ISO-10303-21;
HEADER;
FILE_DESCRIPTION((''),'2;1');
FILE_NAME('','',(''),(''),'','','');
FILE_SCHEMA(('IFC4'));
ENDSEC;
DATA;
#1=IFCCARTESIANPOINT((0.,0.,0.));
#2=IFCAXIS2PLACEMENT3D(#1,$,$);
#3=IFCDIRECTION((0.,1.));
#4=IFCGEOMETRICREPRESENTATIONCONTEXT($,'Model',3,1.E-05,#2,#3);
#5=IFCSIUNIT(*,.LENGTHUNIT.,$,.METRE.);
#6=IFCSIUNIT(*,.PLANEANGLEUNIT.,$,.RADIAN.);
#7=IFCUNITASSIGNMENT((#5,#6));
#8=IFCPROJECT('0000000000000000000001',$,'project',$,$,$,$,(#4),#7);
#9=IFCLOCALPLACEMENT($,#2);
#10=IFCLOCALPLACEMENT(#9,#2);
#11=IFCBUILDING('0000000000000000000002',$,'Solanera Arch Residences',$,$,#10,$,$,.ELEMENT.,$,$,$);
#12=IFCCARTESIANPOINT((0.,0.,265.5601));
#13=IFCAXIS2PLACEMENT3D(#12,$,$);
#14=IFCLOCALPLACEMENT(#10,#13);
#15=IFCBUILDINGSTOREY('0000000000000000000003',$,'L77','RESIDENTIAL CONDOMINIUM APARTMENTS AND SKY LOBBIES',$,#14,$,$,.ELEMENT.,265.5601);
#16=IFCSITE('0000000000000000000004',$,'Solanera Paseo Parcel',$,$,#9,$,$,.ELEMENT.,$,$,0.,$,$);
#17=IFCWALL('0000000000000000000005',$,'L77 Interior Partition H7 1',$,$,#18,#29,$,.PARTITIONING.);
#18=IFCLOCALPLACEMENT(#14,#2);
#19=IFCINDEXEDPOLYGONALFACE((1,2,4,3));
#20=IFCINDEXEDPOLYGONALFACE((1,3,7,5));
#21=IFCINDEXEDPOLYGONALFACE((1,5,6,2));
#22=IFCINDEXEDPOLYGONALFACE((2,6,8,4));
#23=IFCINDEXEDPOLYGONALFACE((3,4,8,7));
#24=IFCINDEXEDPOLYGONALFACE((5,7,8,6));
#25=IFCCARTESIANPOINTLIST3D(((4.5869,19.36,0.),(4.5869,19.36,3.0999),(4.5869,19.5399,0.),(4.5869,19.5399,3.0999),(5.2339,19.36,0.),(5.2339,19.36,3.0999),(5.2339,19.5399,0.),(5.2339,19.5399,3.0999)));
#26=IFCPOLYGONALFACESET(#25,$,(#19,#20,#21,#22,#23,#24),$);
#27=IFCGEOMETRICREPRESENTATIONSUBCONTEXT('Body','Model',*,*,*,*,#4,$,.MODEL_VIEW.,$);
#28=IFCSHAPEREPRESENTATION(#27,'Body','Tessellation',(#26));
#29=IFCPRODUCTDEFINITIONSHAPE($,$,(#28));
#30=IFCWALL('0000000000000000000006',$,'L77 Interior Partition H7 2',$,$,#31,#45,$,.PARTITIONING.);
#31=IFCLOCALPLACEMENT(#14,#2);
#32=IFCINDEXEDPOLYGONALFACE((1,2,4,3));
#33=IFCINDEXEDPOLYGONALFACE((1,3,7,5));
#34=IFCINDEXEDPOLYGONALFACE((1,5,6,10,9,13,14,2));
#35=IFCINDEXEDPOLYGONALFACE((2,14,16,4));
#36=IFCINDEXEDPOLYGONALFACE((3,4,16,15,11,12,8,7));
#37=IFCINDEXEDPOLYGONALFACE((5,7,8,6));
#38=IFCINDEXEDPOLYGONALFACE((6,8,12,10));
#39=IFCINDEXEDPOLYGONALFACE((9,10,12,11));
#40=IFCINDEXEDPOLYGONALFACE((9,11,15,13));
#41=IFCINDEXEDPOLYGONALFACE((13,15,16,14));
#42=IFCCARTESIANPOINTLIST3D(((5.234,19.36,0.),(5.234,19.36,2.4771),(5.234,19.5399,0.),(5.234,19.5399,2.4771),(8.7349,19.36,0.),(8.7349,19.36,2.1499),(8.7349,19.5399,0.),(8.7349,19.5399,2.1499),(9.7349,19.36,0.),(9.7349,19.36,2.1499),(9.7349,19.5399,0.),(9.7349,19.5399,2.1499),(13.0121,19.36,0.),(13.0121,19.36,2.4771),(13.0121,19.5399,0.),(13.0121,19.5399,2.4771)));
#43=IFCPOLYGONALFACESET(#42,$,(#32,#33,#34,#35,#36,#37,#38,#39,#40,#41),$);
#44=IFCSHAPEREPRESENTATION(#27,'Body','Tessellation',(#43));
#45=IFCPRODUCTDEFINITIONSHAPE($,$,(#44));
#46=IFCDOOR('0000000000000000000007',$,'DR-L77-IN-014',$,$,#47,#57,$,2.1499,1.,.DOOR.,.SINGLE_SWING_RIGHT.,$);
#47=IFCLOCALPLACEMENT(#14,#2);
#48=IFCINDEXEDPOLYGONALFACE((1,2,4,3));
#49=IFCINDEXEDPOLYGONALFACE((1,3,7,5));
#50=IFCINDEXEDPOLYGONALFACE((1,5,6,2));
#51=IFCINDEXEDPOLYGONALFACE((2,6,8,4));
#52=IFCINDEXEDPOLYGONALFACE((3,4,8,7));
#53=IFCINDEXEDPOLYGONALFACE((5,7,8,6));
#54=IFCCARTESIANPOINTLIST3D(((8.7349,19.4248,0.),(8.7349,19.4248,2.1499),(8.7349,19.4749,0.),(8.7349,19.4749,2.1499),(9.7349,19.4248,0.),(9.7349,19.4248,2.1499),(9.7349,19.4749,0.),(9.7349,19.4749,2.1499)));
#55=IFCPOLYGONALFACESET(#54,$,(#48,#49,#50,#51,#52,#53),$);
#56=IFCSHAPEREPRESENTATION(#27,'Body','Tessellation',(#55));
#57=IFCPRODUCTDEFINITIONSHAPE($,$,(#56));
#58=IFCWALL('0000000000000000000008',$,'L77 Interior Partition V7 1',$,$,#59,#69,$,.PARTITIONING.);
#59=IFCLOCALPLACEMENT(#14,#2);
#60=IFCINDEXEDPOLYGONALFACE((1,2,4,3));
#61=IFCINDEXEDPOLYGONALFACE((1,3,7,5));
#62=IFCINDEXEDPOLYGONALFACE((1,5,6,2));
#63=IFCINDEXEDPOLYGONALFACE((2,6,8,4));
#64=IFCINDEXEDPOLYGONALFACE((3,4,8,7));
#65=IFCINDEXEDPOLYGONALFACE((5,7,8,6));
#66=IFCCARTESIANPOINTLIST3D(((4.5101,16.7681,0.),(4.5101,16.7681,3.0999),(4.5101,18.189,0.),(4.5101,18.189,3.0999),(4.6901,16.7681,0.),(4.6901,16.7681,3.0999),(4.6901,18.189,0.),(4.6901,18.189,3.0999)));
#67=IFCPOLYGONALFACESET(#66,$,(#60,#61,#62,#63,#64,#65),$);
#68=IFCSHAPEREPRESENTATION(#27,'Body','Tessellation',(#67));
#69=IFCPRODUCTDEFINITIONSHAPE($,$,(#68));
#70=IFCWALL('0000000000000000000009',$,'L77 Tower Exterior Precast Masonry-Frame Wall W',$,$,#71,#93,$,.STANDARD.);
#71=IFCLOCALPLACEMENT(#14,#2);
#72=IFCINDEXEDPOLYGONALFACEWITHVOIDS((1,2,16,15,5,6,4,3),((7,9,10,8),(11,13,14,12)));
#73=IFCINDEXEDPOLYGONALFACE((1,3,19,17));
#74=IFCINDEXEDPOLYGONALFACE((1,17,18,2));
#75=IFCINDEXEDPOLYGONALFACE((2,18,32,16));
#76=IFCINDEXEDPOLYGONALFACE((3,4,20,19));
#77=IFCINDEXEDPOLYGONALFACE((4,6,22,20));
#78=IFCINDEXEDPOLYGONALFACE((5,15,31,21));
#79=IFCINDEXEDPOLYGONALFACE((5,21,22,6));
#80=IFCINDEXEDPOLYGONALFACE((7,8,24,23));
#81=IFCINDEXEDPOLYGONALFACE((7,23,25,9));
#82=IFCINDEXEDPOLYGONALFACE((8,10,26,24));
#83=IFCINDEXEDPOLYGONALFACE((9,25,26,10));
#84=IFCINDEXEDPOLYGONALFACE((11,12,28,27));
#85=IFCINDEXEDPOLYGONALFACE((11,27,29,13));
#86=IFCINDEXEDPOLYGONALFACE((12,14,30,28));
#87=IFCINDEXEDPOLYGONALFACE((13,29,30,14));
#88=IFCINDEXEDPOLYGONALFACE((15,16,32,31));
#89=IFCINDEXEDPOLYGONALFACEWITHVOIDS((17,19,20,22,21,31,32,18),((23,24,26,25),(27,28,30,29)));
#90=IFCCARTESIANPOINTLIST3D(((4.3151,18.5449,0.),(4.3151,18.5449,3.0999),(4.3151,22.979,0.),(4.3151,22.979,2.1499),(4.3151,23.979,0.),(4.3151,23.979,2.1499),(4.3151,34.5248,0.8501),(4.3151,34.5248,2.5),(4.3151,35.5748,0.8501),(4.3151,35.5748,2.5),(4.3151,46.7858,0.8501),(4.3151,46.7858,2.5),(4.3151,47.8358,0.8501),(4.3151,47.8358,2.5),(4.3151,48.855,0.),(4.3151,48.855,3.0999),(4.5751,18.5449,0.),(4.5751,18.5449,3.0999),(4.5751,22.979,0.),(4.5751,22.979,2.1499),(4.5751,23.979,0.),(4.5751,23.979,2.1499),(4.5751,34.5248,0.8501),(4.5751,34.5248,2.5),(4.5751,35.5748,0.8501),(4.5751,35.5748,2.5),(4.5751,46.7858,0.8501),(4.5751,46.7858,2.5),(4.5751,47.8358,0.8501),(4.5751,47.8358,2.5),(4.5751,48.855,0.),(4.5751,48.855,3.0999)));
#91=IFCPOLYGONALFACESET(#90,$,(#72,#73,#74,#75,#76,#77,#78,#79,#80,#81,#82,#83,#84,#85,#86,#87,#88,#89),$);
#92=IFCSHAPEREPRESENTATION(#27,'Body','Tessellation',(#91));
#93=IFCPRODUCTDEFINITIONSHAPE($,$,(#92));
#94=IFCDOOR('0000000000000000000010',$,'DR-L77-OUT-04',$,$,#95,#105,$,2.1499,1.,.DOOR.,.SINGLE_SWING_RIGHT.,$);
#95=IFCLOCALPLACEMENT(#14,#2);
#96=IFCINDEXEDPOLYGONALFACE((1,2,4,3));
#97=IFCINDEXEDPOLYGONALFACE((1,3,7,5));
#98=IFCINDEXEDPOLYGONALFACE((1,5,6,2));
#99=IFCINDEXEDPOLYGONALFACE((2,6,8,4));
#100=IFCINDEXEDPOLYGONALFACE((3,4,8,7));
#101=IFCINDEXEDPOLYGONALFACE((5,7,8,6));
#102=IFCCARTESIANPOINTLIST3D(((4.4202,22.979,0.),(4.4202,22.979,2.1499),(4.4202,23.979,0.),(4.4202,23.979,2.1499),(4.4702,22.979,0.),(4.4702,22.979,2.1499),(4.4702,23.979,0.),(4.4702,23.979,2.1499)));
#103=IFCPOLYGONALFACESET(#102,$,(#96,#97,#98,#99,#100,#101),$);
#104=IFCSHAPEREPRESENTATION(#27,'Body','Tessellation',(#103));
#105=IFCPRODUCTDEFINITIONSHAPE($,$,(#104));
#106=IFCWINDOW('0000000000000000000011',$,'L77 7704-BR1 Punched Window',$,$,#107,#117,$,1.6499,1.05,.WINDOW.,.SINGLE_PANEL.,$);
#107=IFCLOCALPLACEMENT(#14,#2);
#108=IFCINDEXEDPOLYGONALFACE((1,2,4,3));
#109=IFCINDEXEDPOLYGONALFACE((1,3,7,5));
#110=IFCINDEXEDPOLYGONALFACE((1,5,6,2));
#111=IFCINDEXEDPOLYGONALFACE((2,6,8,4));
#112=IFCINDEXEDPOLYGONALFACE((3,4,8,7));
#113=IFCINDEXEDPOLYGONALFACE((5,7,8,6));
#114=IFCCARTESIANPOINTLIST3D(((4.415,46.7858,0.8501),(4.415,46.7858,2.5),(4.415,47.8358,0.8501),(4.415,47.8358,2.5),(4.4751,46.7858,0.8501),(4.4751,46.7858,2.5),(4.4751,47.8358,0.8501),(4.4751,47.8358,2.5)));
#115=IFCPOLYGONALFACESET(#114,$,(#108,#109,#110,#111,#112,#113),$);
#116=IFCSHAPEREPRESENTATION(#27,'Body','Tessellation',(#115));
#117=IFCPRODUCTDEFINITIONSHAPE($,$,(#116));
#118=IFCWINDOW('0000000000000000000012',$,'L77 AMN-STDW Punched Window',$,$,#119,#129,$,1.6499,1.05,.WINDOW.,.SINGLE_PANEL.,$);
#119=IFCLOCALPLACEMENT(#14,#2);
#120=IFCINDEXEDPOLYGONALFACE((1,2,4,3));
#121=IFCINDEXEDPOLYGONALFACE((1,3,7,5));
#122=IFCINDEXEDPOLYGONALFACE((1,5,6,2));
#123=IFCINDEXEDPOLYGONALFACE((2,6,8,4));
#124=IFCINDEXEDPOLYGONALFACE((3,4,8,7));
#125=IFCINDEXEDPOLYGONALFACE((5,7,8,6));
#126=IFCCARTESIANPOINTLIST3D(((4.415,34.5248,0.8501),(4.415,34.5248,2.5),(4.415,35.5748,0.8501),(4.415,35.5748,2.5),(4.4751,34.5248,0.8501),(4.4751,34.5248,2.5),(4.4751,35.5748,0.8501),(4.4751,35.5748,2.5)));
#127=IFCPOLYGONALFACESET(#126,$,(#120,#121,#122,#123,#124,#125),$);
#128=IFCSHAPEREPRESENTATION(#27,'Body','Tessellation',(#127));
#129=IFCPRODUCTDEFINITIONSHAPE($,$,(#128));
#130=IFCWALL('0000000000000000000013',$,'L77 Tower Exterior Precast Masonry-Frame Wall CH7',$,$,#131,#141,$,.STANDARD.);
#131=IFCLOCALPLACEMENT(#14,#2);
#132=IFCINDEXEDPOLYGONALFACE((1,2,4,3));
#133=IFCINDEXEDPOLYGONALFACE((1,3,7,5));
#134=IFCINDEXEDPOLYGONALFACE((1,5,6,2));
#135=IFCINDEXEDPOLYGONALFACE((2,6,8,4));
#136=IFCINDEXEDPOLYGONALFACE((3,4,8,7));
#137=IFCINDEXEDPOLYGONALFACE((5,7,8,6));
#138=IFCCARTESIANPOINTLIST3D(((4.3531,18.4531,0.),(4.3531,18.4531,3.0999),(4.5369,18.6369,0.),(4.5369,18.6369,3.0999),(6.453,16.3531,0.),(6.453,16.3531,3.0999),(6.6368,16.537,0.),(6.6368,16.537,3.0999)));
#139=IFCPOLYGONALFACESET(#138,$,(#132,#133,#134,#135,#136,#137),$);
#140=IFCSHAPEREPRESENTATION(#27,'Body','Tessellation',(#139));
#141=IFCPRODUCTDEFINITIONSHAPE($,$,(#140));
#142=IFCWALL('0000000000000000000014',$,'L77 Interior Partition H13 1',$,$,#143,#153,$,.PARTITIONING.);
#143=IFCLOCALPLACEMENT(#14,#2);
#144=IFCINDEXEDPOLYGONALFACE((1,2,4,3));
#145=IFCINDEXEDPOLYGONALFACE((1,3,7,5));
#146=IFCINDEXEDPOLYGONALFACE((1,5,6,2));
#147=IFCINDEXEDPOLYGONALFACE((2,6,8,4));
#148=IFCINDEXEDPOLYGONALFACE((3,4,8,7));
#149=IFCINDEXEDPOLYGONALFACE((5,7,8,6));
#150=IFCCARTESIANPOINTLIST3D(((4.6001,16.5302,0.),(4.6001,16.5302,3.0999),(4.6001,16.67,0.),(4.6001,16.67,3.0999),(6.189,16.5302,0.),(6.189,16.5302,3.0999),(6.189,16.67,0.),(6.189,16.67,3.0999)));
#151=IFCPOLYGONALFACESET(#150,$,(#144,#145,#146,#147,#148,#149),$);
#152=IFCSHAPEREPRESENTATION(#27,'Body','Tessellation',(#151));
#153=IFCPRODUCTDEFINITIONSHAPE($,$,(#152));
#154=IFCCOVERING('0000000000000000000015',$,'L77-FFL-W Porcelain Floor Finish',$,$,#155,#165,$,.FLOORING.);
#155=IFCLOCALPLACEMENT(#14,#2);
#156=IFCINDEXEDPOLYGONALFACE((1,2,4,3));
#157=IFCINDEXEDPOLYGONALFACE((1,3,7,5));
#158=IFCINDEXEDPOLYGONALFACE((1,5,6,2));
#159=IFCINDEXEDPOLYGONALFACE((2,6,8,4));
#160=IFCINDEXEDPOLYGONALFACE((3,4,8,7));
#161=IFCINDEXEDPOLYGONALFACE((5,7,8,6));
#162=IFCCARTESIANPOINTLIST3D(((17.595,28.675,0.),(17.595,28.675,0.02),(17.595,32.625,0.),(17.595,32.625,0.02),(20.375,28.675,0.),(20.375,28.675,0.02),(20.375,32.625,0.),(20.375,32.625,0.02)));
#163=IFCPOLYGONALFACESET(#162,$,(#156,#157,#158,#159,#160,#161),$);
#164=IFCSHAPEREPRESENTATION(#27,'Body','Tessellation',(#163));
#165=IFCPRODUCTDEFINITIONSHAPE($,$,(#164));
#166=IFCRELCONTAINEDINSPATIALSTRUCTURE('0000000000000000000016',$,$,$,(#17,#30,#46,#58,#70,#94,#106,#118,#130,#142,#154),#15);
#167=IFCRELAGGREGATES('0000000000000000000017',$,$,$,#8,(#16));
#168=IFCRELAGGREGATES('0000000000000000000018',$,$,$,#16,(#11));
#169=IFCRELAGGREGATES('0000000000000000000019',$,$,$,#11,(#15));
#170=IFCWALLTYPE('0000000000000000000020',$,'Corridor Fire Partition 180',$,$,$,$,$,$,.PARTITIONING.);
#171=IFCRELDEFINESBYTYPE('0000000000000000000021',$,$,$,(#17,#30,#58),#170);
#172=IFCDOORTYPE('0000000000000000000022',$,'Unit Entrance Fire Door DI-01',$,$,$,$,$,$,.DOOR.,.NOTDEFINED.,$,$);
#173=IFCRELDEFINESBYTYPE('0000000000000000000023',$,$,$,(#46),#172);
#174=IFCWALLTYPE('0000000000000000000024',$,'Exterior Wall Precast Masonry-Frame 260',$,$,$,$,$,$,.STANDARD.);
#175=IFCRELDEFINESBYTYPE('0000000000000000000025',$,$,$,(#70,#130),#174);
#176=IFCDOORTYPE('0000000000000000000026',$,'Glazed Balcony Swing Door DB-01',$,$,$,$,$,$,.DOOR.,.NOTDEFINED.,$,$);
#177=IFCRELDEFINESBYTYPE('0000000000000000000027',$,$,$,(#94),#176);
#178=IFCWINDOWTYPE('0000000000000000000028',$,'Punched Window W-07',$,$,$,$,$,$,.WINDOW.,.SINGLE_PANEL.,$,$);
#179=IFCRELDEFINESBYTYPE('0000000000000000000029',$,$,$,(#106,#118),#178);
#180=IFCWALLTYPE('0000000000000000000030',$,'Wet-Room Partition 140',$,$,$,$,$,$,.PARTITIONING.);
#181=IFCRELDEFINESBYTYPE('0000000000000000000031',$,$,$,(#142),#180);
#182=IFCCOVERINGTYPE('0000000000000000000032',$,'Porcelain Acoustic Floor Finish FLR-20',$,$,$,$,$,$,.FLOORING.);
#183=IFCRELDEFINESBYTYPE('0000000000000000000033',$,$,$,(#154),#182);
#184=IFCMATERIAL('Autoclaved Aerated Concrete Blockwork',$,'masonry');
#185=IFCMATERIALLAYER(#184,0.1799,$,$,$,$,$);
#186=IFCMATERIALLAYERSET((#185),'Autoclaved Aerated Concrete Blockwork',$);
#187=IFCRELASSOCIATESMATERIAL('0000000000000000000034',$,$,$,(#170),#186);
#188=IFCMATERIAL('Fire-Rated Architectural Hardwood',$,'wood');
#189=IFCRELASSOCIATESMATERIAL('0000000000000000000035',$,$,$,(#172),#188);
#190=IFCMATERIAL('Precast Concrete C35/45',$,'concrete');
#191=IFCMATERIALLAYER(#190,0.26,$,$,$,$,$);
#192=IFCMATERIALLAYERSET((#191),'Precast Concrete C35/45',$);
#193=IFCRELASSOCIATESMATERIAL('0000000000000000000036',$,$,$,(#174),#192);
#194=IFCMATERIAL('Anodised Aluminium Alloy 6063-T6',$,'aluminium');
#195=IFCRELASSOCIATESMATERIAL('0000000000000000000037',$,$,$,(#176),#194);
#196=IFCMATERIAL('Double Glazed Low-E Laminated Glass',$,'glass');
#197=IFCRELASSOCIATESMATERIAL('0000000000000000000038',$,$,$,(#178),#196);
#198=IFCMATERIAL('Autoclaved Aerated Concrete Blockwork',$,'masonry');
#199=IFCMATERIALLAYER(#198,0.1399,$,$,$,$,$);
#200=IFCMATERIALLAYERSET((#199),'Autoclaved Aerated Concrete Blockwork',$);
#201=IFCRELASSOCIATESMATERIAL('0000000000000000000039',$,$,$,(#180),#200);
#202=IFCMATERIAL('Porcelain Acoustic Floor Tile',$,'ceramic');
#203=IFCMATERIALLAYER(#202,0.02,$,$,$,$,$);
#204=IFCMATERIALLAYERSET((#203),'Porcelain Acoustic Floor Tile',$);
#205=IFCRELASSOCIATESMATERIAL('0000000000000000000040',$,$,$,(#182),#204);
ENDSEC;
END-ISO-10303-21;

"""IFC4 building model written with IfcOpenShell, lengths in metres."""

from ifc_helpers import new_model, si_unit, direction, frame, frame_2d, origin, place, context, subcontext, project, spatial, polyline, rectangle, outline, extrude, material, layer, layer_set, type_object, element, fill, save


model = new_model("IFC4")

# Units and contexts
model_context = context("Model", 3, precision=1e-05, world=origin(), true_north=direction((0.0, 1.0)))
body_context = subcontext(model_context, "Body", "Model", "MODEL_VIEW")
ifc_project = project(units=[si_unit("LENGTHUNIT", "METRE"), si_unit("PLANEANGLEUNIT", "RADIAN")], contexts=[model_context])

# Site, building, storey
site_placement = place(None, origin())
site = spatial("IfcSite", under=ifc_project, at=site_placement, Name="Solanera Paseo Parcel", CompositionType="ELEMENT", RefElevation=0.0)
building_placement = place(site_placement, origin())
building = spatial("IfcBuilding", under=site, at=building_placement, Name="Solanera Arch Residences", CompositionType="ELEMENT")
storey_placement = place(building_placement, frame((0.0, 0.0, 265.5601)))
storey = spatial("IfcBuildingStorey", under=building, at=storey_placement, Name="L77", Description="RESIDENTIAL CONDOMINIUM APARTMENTS AND SKY LOBBIES", CompositionType="ELEMENT", Elevation=265.5601)

# Wall
ifc_material_1 = material(Name="Autoclaved Aerated Concrete Blockwork", Category="masonry")
ifc_layer_1 = layer(ifc_material_1, 0.1799)
ifc_layer_set_1 = layer_set([ifc_layer_1], Name="Autoclaved Aerated Concrete Blockwork")
wall_type_1 = type_object("IfcWallType", Name="Corridor Fire Partition 180", PredefinedType="PARTITIONING", material=ifc_layer_set_1)
wall_1_placement = place(storey_placement, frame((4.5869, 19.45, 0.0), z_axis=(0.0, 0.0, 1.0), x_axis=(1.0, 0.0, 0.0)))
element("IfcWall", 1, at=wall_1_placement, inside=storey, type_object=wall_type_1, Name="L77 Interior Partition H7 1", PredefinedType="PARTITIONING", context=body_context, shape_type="SweptSolid", body=[
    extrude(rectangle(XDim=0.647, YDim=0.1799, at=frame_2d((0.3235, 0.0))), origin(), (0.0, 0.0, 1.0), 3.0999),
])

# Wall, opening, door
wall_2_placement = place(storey_placement, frame((5.2339, 19.45, 0.0), z_axis=(0.0, 0.0, 1.0), x_axis=(1.0, 0.0, 0.0)))
wall_2 = element("IfcWall", 2, at=wall_2_placement, inside=storey, type_object=wall_type_1, Name="L77 Interior Partition H7 2", PredefinedType="PARTITIONING", context=body_context, shape_type="SweptSolid", body=[
    extrude(rectangle(XDim=7.7781, YDim=0.1799, at=frame_2d((3.8892, 0.0))), origin(), (0.0, 0.0, 1.0), 2.4771),
])
opening_1_placement = place(wall_2_placement, frame((3.501, 0.0, 0.0)))
opening_1 = element("IfcOpeningElement", 3, at=opening_1_placement, cuts=wall_2, PredefinedType="OPENING", context=body_context, shape_type="SweptSolid", body=[
    extrude(rectangle(XDim=1.0, YDim=2.1499, at=frame_2d((0.5, 1.075))), frame((0.0, 0.1001, 0.0), z_axis=(0.0, -1.0, 0.0), x_axis=(1.0, 0.0, 0.0)), (0.0, 0.0, 1.0), 0.1999),
])
ifc_material_2 = material(Name="Fire-Rated Architectural Hardwood", Category="wood")
door_type_1 = type_object("IfcDoorType", Name="Unit Entrance Fire Door DI-01", OperationType="NOTDEFINED", PredefinedType="DOOR", material=ifc_material_2)
door_1_placement = place(opening_1_placement, origin())
door_1 = element("IfcDoor", 4, at=door_1_placement, inside=storey, type_object=door_type_1, Name="DR-L77-IN-014", OperationType="SINGLE_SWING_RIGHT", OverallHeight=2.1499, OverallWidth=1.0, PredefinedType="DOOR", context=body_context, shape_type="SweptSolid", body=[
    extrude(rectangle(XDim=1.0, YDim=2.1499, at=frame_2d((0.5, 1.075))), frame((0.0, 0.0249, 0.0), z_axis=(0.0, -1.0, 0.0), x_axis=(1.0, 0.0, 0.0)), (0.0, 0.0, 1.0), 0.05),
])
fill(opening_1, door_1)

# Wall
wall_3_placement = place(storey_placement, frame((4.6001, 16.7681, 0.0), z_axis=(0.0, 0.0, 1.0), x_axis=(0.0, 1.0, 0.0)))
element("IfcWall", 5, at=wall_3_placement, inside=storey, type_object=wall_type_1, Name="L77 Interior Partition V7 1", PredefinedType="PARTITIONING", context=body_context, shape_type="SweptSolid", body=[
    extrude(rectangle(XDim=1.4209, YDim=0.1799, at=frame_2d((0.7104, 0.0))), origin(), (0.0, 0.0, 1.0), 3.0999),
])

# Wall, openings, door, windows
ifc_material_3 = material(Name="Precast Concrete C35/45", Category="concrete")
ifc_layer_2 = layer(ifc_material_3, 0.26)
ifc_layer_set_2 = layer_set([ifc_layer_2], Name="Precast Concrete C35/45")
wall_type_2 = type_object("IfcWallType", Name="Exterior Wall Precast Masonry-Frame 260", PredefinedType="STANDARD", material=ifc_layer_set_2)
wall_4_placement = place(storey_placement, frame((4.4451, 18.5449, 0.0), z_axis=(0.0, 0.0, 1.0), x_axis=(0.0, 1.0, 0.0)))
wall_4 = element("IfcWall", 6, at=wall_4_placement, inside=storey, type_object=wall_type_2, Name="L77 Tower Exterior Precast Masonry-Frame Wall W", PredefinedType="STANDARD", context=body_context, shape_type="SweptSolid", body=[
    extrude(rectangle(XDim=30.3101, YDim=0.26, at=frame_2d((15.155, 0.0))), origin(), (0.0, 0.0, 1.0), 3.0999),
])
opening_2_placement = place(wall_4_placement, frame((4.4341, 0.0, 0.0)))
opening_2 = element("IfcOpeningElement", 7, at=opening_2_placement, cuts=wall_4, PredefinedType="OPENING", context=body_context, shape_type="SweptSolid", body=[
    extrude(rectangle(XDim=1.0, YDim=2.1499, at=frame_2d((0.5, 1.075))), frame((0.0, 0.1399, 0.0), z_axis=(0.0, -1.0, 0.0), x_axis=(1.0, 0.0, 0.0)), (0.0, 0.0, 1.0), 0.28),
])
opening_3_placement = place(wall_4_placement, frame((28.241, 0.0, 0.8501)))
opening_3 = element("IfcOpeningElement", 8, at=opening_3_placement, cuts=wall_4, PredefinedType="OPENING", context=body_context, shape_type="SweptSolid", body=[
    extrude(rectangle(XDim=1.05, YDim=1.6499, at=frame_2d((0.5249, 0.825))), frame((0.0, 0.1399, 0.0), z_axis=(0.0, -1.0, 0.0), x_axis=(1.0, 0.0, 0.0)), (0.0, 0.0, 1.0), 0.28),
])
opening_4_placement = place(wall_4_placement, frame((15.98, 0.0, 0.8501)))
opening_4 = element("IfcOpeningElement", 9, at=opening_4_placement, cuts=wall_4, PredefinedType="OPENING", context=body_context, shape_type="SweptSolid", body=[
    extrude(rectangle(XDim=1.05, YDim=1.6499, at=frame_2d((0.5249, 0.825))), frame((0.0, 0.1399, 0.0), z_axis=(0.0, -1.0, 0.0), x_axis=(1.0, 0.0, 0.0)), (0.0, 0.0, 1.0), 0.28),
])
ifc_material_4 = material(Name="Anodised Aluminium Alloy 6063-T6", Category="aluminium")
door_type_2 = type_object("IfcDoorType", Name="Glazed Balcony Swing Door DB-01", OperationType="NOTDEFINED", PredefinedType="DOOR", material=ifc_material_4)
door_2_placement = place(opening_2_placement, origin())
door_2 = element("IfcDoor", 10, at=door_2_placement, inside=storey, type_object=door_type_2, Name="DR-L77-OUT-04", OperationType="SINGLE_SWING_RIGHT", OverallHeight=2.1499, OverallWidth=1.0, PredefinedType="DOOR", context=body_context, shape_type="SweptSolid", body=[
    extrude(rectangle(XDim=1.0, YDim=2.1499, at=frame_2d((0.5, 1.075))), frame((0.0, 0.0249, 0.0), z_axis=(0.0, -1.0, 0.0), x_axis=(1.0, 0.0, 0.0)), (0.0, 0.0, 1.0), 0.05),
])
fill(opening_2, door_2)
ifc_material_5 = material(Name="Double Glazed Low-E Laminated Glass", Category="glass")
window_type = type_object("IfcWindowType", Name="Punched Window W-07", PartitioningType="SINGLE_PANEL", PredefinedType="WINDOW", material=ifc_material_5)
window_1_placement = place(opening_3_placement, origin())
window_1 = element("IfcWindow", 11, at=window_1_placement, inside=storey, type_object=window_type, Name="L77 7704-BR1 Punched Window", OverallHeight=1.6499, OverallWidth=1.05, PartitioningType="SINGLE_PANEL", PredefinedType="WINDOW", context=body_context, shape_type="SweptSolid", body=[
    extrude(rectangle(XDim=1.05, YDim=1.6499, at=frame_2d((0.5249, 0.825))), frame((0.0, 0.03, 0.0), z_axis=(0.0, -1.0, 0.0), x_axis=(1.0, 0.0, 0.0)), (0.0, 0.0, 1.0), 0.0601),
])
fill(opening_3, window_1)
window_2_placement = place(opening_4_placement, origin())
window_2 = element("IfcWindow", 12, at=window_2_placement, inside=storey, type_object=window_type, Name="L77 AMN-STDW Punched Window", OverallHeight=1.6499, OverallWidth=1.05, PartitioningType="SINGLE_PANEL", PredefinedType="WINDOW", context=body_context, shape_type="SweptSolid", body=[
    extrude(rectangle(XDim=1.05, YDim=1.6499, at=frame_2d((0.5249, 0.825))), frame((0.0, 0.03, 0.0), z_axis=(0.0, -1.0, 0.0), x_axis=(1.0, 0.0, 0.0)), (0.0, 0.0, 1.0), 0.0601),
])
fill(opening_4, window_2)

# Walls
wall_5_placement = place(storey_placement, frame((6.5449, 16.4451, 0.0), z_axis=(0.0, 0.0, 1.0), x_axis=(-0.707107, 0.707107, 0.0)))
element("IfcWall", 13, at=wall_5_placement, inside=storey, type_object=wall_type_2, Name="L77 Tower Exterior Precast Masonry-Frame Wall CH7", PredefinedType="STANDARD", context=body_context, shape_type="SweptSolid", body=[
    extrude(rectangle(XDim=2.9697, YDim=0.26, at=frame_2d((1.4849, 0.0))), origin(), (0.0, 0.0, 1.0), 3.0999),
])
ifc_material_6 = material(Name="Autoclaved Aerated Concrete Blockwork", Category="masonry")
ifc_layer_3 = layer(ifc_material_6, 0.1399)
ifc_layer_set_3 = layer_set([ifc_layer_3], Name="Autoclaved Aerated Concrete Blockwork")
wall_type_3 = type_object("IfcWallType", Name="Wet-Room Partition 140", PredefinedType="PARTITIONING", material=ifc_layer_set_3)
wall_6_placement = place(storey_placement, frame((4.6001, 16.6001, 0.0), z_axis=(0.0, 0.0, 1.0), x_axis=(1.0, 0.0, 0.0)))
element("IfcWall", 14, at=wall_6_placement, inside=storey, type_object=wall_type_3, Name="L77 Interior Partition H13 1", PredefinedType="PARTITIONING", context=body_context, shape_type="SweptSolid", body=[
    extrude(rectangle(XDim=1.5889, YDim=0.1399, at=frame_2d((0.7944, 0.0))), origin(), (0.0, 0.0, 1.0), 3.0999),
])

# Covering
ifc_material_7 = material(Name="Porcelain Acoustic Floor Tile", Category="ceramic")
ifc_layer_4 = layer(ifc_material_7, 0.02)
ifc_layer_set_4 = layer_set([ifc_layer_4], Name="Porcelain Acoustic Floor Tile")
covering_type_1 = type_object("IfcCoveringType", Name="Porcelain Acoustic Floor Finish FLR-20", PredefinedType="FLOORING", material=ifc_layer_set_4)
covering_1_placement = place(storey_placement, origin())
element("IfcCovering", 15, at=covering_1_placement, inside=storey, type_object=covering_type_1, Name="L77-FFL-W Porcelain Floor Finish", PredefinedType="FLOORING", context=body_context, shape_type="SweptSolid", body=[
    extrude(outline(polyline([(20.375, 28.675), (17.595, 28.675), (17.595, 32.625), (20.375, 32.625), (20.375, 28.675)])), origin(), (0.0, 0.0, 1.0), 0.02),
])

save(model, "model.ifc")
